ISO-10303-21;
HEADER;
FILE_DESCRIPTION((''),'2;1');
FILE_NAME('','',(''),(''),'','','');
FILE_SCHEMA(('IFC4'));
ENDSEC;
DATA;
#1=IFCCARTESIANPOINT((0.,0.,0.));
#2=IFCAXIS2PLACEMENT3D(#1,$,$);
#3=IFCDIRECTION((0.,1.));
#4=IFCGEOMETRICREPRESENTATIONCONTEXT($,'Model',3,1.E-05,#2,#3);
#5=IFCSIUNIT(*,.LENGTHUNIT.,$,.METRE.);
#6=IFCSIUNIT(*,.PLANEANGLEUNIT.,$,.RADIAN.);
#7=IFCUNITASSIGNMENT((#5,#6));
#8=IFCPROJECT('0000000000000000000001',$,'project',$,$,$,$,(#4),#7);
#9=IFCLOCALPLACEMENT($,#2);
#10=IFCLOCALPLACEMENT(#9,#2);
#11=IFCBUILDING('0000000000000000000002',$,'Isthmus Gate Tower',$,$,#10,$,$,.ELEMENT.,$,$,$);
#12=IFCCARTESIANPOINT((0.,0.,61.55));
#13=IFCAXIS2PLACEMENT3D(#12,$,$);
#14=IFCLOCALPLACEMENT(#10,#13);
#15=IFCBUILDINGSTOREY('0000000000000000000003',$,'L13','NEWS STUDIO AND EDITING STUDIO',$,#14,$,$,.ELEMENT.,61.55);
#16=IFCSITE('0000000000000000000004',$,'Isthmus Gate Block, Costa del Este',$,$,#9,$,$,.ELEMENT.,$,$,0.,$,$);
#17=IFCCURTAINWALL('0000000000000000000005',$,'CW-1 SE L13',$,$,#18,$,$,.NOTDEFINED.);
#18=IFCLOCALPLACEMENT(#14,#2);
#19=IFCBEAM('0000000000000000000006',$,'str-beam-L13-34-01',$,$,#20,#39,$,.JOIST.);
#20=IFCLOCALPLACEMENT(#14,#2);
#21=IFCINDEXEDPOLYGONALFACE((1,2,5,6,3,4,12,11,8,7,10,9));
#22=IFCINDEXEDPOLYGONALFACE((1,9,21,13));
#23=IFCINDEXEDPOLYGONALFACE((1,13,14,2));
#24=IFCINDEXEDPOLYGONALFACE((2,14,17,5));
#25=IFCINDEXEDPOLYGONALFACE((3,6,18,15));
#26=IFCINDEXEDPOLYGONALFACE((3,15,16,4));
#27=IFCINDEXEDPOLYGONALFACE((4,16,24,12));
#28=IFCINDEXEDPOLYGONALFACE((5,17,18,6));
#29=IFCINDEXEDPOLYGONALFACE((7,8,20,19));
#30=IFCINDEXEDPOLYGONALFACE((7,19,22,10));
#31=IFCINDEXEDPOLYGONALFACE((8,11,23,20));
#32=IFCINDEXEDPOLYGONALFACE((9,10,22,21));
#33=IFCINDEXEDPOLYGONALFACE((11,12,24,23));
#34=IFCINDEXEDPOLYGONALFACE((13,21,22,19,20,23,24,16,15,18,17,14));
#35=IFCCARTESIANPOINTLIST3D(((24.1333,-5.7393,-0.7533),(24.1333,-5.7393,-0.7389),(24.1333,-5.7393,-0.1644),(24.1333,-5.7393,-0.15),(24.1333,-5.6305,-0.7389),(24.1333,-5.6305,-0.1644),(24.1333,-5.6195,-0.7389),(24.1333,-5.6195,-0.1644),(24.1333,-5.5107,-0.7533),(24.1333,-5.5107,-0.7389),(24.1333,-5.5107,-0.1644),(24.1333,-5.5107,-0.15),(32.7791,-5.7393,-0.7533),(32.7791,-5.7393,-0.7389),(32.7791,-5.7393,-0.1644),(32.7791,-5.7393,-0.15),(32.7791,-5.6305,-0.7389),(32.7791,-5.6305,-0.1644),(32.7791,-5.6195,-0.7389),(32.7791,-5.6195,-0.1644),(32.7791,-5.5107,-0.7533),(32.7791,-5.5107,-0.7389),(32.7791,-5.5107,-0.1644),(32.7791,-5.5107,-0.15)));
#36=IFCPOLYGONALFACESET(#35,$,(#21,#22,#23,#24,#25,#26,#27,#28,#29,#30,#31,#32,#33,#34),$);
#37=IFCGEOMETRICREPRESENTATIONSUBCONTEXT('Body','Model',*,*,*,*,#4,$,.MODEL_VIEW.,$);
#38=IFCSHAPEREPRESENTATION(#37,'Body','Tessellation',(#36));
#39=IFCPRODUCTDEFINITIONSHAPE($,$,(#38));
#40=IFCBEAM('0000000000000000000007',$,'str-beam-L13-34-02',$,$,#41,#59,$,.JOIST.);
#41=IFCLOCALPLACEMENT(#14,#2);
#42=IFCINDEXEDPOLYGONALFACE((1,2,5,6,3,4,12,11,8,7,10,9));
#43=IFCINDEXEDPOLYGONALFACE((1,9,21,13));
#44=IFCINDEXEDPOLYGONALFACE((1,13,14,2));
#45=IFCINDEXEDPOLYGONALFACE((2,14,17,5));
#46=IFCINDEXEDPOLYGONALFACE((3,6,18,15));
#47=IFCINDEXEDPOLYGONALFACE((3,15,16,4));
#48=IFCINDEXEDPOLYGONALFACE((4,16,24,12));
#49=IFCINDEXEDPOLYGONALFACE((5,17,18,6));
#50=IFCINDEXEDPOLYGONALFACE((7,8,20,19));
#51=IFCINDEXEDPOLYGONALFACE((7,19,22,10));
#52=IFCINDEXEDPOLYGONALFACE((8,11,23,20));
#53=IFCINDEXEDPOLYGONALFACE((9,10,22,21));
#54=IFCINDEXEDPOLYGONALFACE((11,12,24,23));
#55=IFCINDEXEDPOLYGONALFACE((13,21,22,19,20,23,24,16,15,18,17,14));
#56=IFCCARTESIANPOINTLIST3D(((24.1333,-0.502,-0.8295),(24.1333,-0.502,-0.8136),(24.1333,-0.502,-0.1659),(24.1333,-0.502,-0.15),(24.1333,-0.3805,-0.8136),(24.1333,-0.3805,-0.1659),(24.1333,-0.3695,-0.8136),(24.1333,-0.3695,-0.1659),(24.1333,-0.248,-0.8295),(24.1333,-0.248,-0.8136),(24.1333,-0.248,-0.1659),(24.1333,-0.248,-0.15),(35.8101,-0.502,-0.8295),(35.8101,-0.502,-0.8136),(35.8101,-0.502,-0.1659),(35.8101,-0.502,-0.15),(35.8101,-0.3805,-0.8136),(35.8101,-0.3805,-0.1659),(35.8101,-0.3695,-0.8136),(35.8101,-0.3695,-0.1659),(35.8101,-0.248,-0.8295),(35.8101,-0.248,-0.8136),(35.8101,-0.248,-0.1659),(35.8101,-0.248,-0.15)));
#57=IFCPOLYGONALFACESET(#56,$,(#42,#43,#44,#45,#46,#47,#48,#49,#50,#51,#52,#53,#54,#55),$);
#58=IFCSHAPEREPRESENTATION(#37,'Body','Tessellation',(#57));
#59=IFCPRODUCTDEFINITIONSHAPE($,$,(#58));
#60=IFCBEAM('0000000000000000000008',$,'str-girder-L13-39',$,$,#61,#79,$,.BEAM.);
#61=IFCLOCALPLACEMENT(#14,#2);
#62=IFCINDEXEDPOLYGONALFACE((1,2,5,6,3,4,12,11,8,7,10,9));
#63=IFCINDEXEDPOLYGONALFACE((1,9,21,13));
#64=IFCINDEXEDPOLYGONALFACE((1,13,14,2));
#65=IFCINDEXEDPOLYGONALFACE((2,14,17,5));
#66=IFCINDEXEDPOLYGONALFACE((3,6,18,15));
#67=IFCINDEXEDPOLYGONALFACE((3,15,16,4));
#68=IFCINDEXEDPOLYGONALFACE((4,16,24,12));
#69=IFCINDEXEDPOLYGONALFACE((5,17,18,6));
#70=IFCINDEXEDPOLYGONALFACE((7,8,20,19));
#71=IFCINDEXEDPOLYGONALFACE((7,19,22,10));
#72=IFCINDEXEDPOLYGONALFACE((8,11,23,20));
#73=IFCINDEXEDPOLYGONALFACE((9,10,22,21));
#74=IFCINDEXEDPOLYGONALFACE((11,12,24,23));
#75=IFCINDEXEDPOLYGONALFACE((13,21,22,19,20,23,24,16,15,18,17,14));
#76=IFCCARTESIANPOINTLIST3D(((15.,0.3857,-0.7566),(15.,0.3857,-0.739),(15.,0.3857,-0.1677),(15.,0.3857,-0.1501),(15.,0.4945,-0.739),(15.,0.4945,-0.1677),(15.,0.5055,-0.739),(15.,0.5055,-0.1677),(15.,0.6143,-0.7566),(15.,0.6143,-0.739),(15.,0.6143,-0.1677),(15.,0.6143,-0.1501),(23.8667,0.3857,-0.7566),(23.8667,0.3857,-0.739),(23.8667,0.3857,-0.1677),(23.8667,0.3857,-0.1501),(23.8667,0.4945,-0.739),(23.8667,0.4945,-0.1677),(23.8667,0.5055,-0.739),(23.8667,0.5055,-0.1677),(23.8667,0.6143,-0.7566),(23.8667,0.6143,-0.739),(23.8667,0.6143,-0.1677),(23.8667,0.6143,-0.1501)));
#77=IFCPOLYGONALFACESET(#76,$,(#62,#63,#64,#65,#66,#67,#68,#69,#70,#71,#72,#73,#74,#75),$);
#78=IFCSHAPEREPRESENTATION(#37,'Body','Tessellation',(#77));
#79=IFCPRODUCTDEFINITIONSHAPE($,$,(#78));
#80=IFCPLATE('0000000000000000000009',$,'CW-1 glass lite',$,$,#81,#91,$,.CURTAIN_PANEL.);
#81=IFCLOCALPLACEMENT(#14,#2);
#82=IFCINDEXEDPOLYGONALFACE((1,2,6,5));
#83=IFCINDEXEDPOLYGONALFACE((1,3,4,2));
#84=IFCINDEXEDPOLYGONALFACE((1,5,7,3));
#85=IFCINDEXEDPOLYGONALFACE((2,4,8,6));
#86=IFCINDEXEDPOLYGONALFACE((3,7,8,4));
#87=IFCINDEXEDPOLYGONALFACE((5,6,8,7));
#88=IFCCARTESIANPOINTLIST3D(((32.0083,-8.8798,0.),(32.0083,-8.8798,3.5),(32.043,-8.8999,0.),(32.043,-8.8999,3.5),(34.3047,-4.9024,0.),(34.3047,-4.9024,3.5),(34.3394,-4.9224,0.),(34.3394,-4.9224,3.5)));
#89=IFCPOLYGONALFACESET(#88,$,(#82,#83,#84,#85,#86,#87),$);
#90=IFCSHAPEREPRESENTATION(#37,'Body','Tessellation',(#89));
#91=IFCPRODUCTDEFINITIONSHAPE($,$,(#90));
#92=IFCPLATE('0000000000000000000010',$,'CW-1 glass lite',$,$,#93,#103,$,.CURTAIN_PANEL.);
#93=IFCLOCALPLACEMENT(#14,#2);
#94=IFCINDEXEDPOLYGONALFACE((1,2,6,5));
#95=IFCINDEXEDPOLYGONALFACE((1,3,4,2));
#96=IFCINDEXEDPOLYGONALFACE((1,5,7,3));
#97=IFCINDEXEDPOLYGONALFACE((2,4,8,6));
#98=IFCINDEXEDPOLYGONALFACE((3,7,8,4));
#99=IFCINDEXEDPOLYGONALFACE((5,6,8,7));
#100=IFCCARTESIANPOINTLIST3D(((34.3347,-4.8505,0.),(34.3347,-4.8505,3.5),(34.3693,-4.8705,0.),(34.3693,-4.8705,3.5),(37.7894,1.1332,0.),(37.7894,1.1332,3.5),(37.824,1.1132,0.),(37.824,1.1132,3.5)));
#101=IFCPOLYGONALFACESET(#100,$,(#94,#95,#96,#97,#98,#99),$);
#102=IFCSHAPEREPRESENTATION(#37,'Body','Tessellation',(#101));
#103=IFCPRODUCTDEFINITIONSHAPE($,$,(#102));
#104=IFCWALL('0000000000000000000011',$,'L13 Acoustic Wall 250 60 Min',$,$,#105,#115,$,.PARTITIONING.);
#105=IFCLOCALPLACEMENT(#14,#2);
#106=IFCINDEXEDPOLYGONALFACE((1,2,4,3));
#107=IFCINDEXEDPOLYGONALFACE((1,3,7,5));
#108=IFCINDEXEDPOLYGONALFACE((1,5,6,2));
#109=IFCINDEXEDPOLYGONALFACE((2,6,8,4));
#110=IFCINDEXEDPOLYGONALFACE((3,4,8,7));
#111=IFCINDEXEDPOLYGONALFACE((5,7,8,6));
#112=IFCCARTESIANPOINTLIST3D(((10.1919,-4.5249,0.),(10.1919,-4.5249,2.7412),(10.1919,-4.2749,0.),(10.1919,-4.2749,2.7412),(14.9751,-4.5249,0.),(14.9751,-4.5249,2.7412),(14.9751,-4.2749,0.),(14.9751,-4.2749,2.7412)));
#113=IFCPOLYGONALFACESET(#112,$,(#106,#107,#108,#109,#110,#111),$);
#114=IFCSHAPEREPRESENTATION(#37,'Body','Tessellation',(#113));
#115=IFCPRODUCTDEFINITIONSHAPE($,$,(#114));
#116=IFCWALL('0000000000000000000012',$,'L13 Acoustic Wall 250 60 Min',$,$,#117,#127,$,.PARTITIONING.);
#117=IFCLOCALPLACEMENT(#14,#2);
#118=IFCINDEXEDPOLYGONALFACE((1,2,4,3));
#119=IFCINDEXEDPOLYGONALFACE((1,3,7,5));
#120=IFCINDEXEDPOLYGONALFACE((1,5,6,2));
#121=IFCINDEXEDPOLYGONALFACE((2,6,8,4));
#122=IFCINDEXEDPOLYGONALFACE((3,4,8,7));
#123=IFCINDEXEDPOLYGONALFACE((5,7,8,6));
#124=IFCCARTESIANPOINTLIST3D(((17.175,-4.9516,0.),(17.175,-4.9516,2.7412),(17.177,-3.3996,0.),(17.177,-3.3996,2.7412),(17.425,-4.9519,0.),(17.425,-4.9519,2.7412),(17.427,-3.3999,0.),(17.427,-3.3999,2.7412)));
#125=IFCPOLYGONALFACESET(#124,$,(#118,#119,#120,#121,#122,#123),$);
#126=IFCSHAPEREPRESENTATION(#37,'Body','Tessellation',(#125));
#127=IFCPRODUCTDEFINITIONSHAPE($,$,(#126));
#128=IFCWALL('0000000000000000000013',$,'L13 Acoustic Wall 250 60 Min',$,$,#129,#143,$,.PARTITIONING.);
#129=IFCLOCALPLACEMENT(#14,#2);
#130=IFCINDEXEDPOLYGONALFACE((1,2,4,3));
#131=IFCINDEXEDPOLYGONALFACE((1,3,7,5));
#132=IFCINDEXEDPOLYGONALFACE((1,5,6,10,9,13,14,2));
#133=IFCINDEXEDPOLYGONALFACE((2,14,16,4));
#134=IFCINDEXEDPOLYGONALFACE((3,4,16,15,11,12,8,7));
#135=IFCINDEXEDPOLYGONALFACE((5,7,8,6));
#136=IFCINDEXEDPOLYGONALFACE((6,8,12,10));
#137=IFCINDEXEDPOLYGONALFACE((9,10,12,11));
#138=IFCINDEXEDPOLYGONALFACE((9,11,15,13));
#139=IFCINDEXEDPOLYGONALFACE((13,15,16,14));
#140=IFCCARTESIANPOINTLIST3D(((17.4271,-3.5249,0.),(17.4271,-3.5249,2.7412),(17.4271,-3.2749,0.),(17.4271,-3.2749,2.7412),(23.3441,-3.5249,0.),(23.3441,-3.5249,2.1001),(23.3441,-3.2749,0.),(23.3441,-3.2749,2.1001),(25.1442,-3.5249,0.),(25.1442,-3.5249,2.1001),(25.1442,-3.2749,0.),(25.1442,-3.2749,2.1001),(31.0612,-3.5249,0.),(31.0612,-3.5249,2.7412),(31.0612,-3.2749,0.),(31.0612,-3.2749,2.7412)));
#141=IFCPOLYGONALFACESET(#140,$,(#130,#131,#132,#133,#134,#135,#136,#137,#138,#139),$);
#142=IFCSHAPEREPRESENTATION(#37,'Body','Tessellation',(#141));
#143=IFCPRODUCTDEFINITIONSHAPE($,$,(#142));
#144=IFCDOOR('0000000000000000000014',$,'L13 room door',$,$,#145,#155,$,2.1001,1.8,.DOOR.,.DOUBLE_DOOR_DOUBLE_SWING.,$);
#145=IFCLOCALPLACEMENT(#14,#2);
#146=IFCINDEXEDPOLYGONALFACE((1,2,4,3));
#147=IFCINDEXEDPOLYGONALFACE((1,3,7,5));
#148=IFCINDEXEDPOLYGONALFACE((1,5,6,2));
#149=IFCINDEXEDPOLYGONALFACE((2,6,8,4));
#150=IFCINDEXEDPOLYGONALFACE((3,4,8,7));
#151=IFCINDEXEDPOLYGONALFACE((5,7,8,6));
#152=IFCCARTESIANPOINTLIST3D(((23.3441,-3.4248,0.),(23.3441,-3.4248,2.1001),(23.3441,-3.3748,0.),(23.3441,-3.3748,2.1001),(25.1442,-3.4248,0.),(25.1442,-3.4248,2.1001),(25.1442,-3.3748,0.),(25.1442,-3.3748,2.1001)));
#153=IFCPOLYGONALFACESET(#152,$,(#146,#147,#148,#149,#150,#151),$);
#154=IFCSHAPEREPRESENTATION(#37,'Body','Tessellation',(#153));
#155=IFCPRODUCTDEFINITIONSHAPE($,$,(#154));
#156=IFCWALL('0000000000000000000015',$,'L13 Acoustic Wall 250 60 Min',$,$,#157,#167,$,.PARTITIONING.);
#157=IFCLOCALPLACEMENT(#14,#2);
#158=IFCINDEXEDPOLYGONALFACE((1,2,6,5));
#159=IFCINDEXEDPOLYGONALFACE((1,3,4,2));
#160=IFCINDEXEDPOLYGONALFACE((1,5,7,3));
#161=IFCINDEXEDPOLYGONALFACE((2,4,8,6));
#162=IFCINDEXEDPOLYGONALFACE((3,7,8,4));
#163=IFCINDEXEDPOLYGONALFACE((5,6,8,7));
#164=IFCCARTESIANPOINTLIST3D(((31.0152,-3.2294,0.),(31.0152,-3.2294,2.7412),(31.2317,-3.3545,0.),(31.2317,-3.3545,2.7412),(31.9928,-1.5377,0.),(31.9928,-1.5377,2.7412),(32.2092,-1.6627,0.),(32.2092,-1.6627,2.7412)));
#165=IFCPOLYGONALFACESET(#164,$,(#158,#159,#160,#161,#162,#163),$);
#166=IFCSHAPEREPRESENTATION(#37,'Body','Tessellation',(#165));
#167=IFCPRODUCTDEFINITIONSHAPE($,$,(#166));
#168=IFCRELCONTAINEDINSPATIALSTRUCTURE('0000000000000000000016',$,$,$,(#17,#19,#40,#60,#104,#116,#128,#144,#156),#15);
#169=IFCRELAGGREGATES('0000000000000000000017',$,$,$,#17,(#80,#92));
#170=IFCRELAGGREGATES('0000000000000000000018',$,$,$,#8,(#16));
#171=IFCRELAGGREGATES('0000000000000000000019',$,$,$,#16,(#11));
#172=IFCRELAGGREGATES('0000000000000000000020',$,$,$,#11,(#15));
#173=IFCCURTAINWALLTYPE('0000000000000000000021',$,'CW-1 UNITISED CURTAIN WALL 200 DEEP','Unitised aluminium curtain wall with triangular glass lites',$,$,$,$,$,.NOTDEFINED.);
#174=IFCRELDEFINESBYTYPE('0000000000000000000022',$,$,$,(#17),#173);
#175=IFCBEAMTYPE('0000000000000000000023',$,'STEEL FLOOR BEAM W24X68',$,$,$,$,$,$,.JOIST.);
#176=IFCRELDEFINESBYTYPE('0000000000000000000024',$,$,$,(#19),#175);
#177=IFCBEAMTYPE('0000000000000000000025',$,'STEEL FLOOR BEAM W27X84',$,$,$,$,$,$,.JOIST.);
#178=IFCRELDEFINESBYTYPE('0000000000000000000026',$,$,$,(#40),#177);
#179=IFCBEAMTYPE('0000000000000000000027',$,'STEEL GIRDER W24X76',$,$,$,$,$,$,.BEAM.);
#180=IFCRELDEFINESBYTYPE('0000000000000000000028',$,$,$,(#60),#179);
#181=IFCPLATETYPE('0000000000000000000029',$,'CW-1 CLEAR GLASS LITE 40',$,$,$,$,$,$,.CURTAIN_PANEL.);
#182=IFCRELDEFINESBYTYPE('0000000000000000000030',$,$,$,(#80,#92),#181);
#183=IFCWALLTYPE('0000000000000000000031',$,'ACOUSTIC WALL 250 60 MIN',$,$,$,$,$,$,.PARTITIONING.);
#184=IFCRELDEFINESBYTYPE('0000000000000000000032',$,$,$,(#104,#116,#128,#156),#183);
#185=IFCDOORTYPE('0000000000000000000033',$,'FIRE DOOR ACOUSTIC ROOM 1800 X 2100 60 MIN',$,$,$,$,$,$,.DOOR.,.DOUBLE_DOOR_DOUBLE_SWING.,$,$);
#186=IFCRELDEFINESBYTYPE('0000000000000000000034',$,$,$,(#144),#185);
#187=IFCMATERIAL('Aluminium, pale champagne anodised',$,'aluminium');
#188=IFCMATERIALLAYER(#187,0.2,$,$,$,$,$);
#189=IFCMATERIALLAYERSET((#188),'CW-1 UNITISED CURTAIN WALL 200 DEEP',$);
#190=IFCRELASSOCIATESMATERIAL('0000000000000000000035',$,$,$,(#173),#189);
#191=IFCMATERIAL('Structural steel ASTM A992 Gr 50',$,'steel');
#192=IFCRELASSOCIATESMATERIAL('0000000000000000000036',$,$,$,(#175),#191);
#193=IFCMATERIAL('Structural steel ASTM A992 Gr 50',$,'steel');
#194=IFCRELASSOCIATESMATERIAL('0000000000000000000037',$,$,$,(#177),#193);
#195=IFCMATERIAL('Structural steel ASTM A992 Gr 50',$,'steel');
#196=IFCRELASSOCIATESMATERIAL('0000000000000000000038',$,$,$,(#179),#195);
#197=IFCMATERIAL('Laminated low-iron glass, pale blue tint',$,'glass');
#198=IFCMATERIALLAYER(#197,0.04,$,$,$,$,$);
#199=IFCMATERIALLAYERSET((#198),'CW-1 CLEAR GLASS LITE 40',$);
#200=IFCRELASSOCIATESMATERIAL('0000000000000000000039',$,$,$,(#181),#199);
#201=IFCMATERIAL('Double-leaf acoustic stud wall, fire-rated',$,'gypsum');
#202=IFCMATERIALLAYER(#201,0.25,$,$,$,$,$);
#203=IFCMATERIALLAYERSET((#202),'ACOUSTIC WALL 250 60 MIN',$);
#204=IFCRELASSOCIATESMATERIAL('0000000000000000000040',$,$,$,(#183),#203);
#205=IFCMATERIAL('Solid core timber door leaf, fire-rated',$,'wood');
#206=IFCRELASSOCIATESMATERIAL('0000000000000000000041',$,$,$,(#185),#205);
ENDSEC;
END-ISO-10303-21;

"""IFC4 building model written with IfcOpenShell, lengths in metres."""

from ifc_helpers import new_model, si_unit, direction, frame, frame_2d, origin, origin_2d, place, context, subcontext, project, spatial, rectangle, i_section, extrude, material, layer, layer_set, material_profile, profile_set, type_object, element, fill, aggregate, save


model = new_model("IFC4")

# Units and contexts
model_context = context("Model", 3, precision=1e-05, world=origin(), true_north=direction((0.0, 1.0)))
body_context = subcontext(model_context, "Body", "Model", "MODEL_VIEW")
ifc_project = project(units=[si_unit("LENGTHUNIT", "METRE"), si_unit("PLANEANGLEUNIT", "RADIAN")], contexts=[model_context])

# Site, building, storey
site_placement = place(None, origin())
site = spatial("IfcSite", under=ifc_project, at=site_placement, Name="Isthmus Gate Block, Costa del Este", CompositionType="ELEMENT", RefElevation=0.0)
building_placement = place(site_placement, origin())
building = spatial("IfcBuilding", under=site, at=building_placement, Name="Isthmus Gate Tower", CompositionType="ELEMENT")
storey_placement = place(building_placement, frame((0.0, 0.0, 61.55)))
storey = spatial("IfcBuildingStorey", under=building, at=storey_placement, Name="L13", Description="NEWS STUDIO AND EDITING STUDIO", CompositionType="ELEMENT", Elevation=61.55)

# Curtain wall
ifc_material_1 = material(Name="Aluminium, pale champagne anodised", Category="aluminium")
ifc_layer_1 = layer(ifc_material_1, 0.2)
ifc_layer_set_1 = layer_set([ifc_layer_1], Name="CW-1 UNITISED CURTAIN WALL 200 DEEP")
curtain_wall_type = type_object("IfcCurtainWallType", Name="CW-1 UNITISED CURTAIN WALL 200 DEEP", Description="Unitised aluminium curtain wall with triangular glass lites", PredefinedType="NOTDEFINED", material=ifc_layer_set_1)
curtain_wall_1_placement = place(storey_placement, origin())
curtain_wall_1 = element("IfcCurtainWall", 1, at=curtain_wall_1_placement, inside=storey, type_object=curtain_wall_type, Name="CW-1 SE L13", PredefinedType="NOTDEFINED")

# Beams
ifc_material_2 = material(Name="Structural steel ASTM A992 Gr 50", Category="steel")
ifc_material_profile_1 = material_profile(ifc_material_2, i_section(OverallWidth=0.2285, OverallDepth=0.6033, WebThickness=0.011, FlangeThickness=0.0144, at=origin_2d()), Name="W24X68")
ifc_profile_set_1 = profile_set([ifc_material_profile_1], Name="Structural steel ASTM A992 Gr 50")
beam_type_1 = type_object("IfcBeamType", Name="STEEL FLOOR BEAM W24X68", PredefinedType="JOIST", material=ifc_profile_set_1)
beam_1_placement = place(storey_placement, frame((24.1333, -5.625, -0.4517), z_axis=(1.0, 0.0, 0.0), x_axis=(0.0, 1.0, 0.0)))
element("IfcBeam", 2, at=beam_1_placement, inside=storey, type_object=beam_type_1, Name="str-beam-L13-34-01", PredefinedType="JOIST", context=body_context, shape_type="SweptSolid", body=[
    extrude(i_section(OverallWidth=0.2285, OverallDepth=0.6033, WebThickness=0.011, FlangeThickness=0.0144, at=origin_2d()), origin(), (0.0, 0.0, 1.0), 8.6458),
])
ifc_material_3 = material(Name="Structural steel ASTM A992 Gr 50", Category="steel")
ifc_material_profile_2 = material_profile(ifc_material_3, i_section(OverallWidth=0.2539, OverallDepth=0.6794, WebThickness=0.011, FlangeThickness=0.0159, at=origin_2d()), Name="W27X84")
ifc_profile_set_2 = profile_set([ifc_material_profile_2], Name="Structural steel ASTM A992 Gr 50")
beam_type_2 = type_object("IfcBeamType", Name="STEEL FLOOR BEAM W27X84", PredefinedType="JOIST", material=ifc_profile_set_2)
beam_2_placement = place(storey_placement, frame((24.1333, -0.375, -0.4897), z_axis=(1.0, 0.0, 0.0), x_axis=(0.0, 1.0, 0.0)))
element("IfcBeam", 3, at=beam_2_placement, inside=storey, type_object=beam_type_2, Name="str-beam-L13-34-02", PredefinedType="JOIST", context=body_context, shape_type="SweptSolid", body=[
    extrude(i_section(OverallWidth=0.2539, OverallDepth=0.6794, WebThickness=0.011, FlangeThickness=0.0159, at=origin_2d()), origin(), (0.0, 0.0, 1.0), 11.6768),
])
ifc_material_4 = material(Name="Structural steel ASTM A992 Gr 50", Category="steel")
ifc_material_profile_3 = material_profile(ifc_material_4, i_section(OverallWidth=0.2285, OverallDepth=0.6064, WebThickness=0.011, FlangeThickness=0.0176, at=origin_2d()), Name="W24X76")
ifc_profile_set_3 = profile_set([ifc_material_profile_3], Name="Structural steel ASTM A992 Gr 50")
beam_type_3 = type_object("IfcBeamType", Name="STEEL GIRDER W24X76", PredefinedType="BEAM", material=ifc_profile_set_3)
beam_3_placement = place(storey_placement, frame((15.0, 0.5, -0.4534), z_axis=(1.0, 0.0, 0.0), x_axis=(0.0, 1.0, 0.0)))
element("IfcBeam", 4, at=beam_3_placement, inside=storey, type_object=beam_type_3, Name="str-girder-L13-39", PredefinedType="BEAM", context=body_context, shape_type="SweptSolid", body=[
    extrude(i_section(OverallWidth=0.2285, OverallDepth=0.6064, WebThickness=0.011, FlangeThickness=0.0176, at=origin_2d()), origin(), (0.0, 0.0, 1.0), 8.8667),
])

# Plates
ifc_material_5 = material(Name="Laminated low-iron glass, pale blue tint", Category="glass")
ifc_layer_2 = layer(ifc_material_5, 0.04)
ifc_layer_set_2 = layer_set([ifc_layer_2], Name="CW-1 CLEAR GLASS LITE 40")
plate_type = type_object("IfcPlateType", Name="CW-1 CLEAR GLASS LITE 40", PredefinedType="CURTAIN_PANEL", material=ifc_layer_set_2)
plate_1_placement = place(storey_placement, frame((33.1738, -6.9011, 0.0), z_axis=(0.0, 0.0, 1.0), x_axis=(0.5, 0.866025, 0.0)))
plate_1 = element("IfcPlate", 5, at=plate_1_placement, type_object=plate_type, Name="CW-1 glass lite", PredefinedType="CURTAIN_PANEL", context=body_context, shape_type="SweptSolid", body=[
    extrude(rectangle(XDim=4.5928, YDim=0.04, at=origin_2d()), origin(), (0.0, 0.0, 1.0), 3.5),
])
plate_2_placement = place(storey_placement, frame((36.0793, -1.8687, 0.0), z_axis=(0.0, 0.0, 1.0), x_axis=(0.5, 0.866025, 0.0)))
plate_2 = element("IfcPlate", 6, at=plate_2_placement, type_object=plate_type, Name="CW-1 glass lite", PredefinedType="CURTAIN_PANEL", context=body_context, shape_type="SweptSolid", body=[
    extrude(rectangle(XDim=6.9094, YDim=0.04, at=origin_2d()), origin(), (0.0, 0.0, 1.0), 3.5),
])
aggregate(curtain_wall_1, [plate_1, plate_2])

# Walls
ifc_material_6 = material(Name="Double-leaf acoustic stud wall, fire-rated", Category="gypsum")
ifc_layer_3 = layer(ifc_material_6, 0.25)
ifc_layer_set_3 = layer_set([ifc_layer_3], Name="ACOUSTIC WALL 250 60 MIN")
wall_type_1 = type_object("IfcWallType", Name="ACOUSTIC WALL 250 60 MIN", PredefinedType="PARTITIONING", material=ifc_layer_set_3)
wall_1_placement = place(storey_placement, frame((14.9751, -4.3999, 0.0), z_axis=(0.0, 0.0, 1.0), x_axis=(-1.0, 0.0, 0.0)))
element("IfcWall", 7, at=wall_1_placement, inside=storey, type_object=wall_type_1, Name="L13 Acoustic Wall 250 60 Min", PredefinedType="PARTITIONING", context=body_context, shape_type="SweptSolid", body=[
    extrude(rectangle(XDim=4.7832, YDim=0.25, at=frame_2d((2.3916, 0.0))), origin(), (0.0, 0.0, 1.0), 2.7412),
])
wall_2_placement = place(storey_placement, frame((17.302, -3.3999, 0.0), z_axis=(0.0, 0.0, 1.0), x_axis=(-0.001258, -0.999999, 0.0)))
element("IfcWall", 8, at=wall_2_placement, inside=storey, type_object=wall_type_1, Name="L13 Acoustic Wall 250 60 Min", PredefinedType="PARTITIONING", context=body_context, shape_type="SweptSolid", body=[
    extrude(rectangle(XDim=1.552, YDim=0.25, at=frame_2d((0.7759, 0.0))), origin(), (0.0, 0.0, 1.0), 2.7412),
])

# Wall, opening, door
wall_3_placement = place(storey_placement, frame((31.061, -3.3999, 0.0), z_axis=(0.0, 0.0, 1.0), x_axis=(-1.0, 0.0, 0.0)))
wall_3 = element("IfcWall", 9, at=wall_3_placement, inside=storey, type_object=wall_type_1, Name="L13 Acoustic Wall 250 60 Min", PredefinedType="PARTITIONING", context=body_context, shape_type="SweptSolid", body=[
    extrude(rectangle(XDim=13.634, YDim=0.25, at=frame_2d((6.8169, 0.0))), origin(), (0.0, 0.0, 1.0), 2.7412),
])
opening_1_placement = place(wall_3_placement, frame((5.917, 0.0, 0.0)))
opening_1 = element("IfcOpeningElement", 10, at=opening_1_placement, cuts=wall_3, PredefinedType="OPENING", context=body_context, shape_type="SweptSolid", body=[
    extrude(rectangle(XDim=1.8, YDim=2.1001, at=frame_2d((0.8999, 1.05))), frame((0.0, 0.135, 0.0), z_axis=(0.0, -1.0, 0.0), x_axis=(1.0, 0.0, 0.0)), (0.0, 0.0, 1.0), 0.27),
])
ifc_material_7 = material(Name="Solid core timber door leaf, fire-rated", Category="wood")
door_type_1 = type_object("IfcDoorType", Name="FIRE DOOR ACOUSTIC ROOM 1800 X 2100 60 MIN", OperationType="DOUBLE_DOOR_DOUBLE_SWING", PredefinedType="DOOR", material=ifc_material_7)
door_1_placement = place(opening_1_placement, origin())
door_1 = element("IfcDoor", 11, at=door_1_placement, inside=storey, type_object=door_type_1, Name="L13 room door", OperationType="DOUBLE_DOOR_DOUBLE_SWING", OverallHeight=2.1001, OverallWidth=1.8, PredefinedType="DOOR", context=body_context, shape_type="SweptSolid", body=[
    extrude(rectangle(XDim=1.8, YDim=2.1001, at=frame_2d((0.8999, 1.05))), frame((0.0, 0.0249, 0.0), z_axis=(0.0, -1.0, 0.0), x_axis=(1.0, 0.0, 0.0)), (0.0, 0.0, 1.0), 0.05),
])
fill(opening_1, door_1)

# Wall
wall_4_placement = place(storey_placement, frame((32.1011, -1.6001, 0.0), z_axis=(0.0, 0.0, 1.0), x_axis=(-0.500332, -0.865834, 0.0)))
element("IfcWall", 12, at=wall_4_placement, inside=storey, type_object=wall_type_1, Name="L13 Acoustic Wall 250 60 Min", PredefinedType="PARTITIONING", context=body_context, shape_type="SweptSolid", body=[
    extrude(rectangle(XDim=1.9539, YDim=0.25, at=frame_2d((0.9771, 0.0))), origin(), (0.0, 0.0, 1.0), 2.7412),
])

save(model, "model.ifc")
